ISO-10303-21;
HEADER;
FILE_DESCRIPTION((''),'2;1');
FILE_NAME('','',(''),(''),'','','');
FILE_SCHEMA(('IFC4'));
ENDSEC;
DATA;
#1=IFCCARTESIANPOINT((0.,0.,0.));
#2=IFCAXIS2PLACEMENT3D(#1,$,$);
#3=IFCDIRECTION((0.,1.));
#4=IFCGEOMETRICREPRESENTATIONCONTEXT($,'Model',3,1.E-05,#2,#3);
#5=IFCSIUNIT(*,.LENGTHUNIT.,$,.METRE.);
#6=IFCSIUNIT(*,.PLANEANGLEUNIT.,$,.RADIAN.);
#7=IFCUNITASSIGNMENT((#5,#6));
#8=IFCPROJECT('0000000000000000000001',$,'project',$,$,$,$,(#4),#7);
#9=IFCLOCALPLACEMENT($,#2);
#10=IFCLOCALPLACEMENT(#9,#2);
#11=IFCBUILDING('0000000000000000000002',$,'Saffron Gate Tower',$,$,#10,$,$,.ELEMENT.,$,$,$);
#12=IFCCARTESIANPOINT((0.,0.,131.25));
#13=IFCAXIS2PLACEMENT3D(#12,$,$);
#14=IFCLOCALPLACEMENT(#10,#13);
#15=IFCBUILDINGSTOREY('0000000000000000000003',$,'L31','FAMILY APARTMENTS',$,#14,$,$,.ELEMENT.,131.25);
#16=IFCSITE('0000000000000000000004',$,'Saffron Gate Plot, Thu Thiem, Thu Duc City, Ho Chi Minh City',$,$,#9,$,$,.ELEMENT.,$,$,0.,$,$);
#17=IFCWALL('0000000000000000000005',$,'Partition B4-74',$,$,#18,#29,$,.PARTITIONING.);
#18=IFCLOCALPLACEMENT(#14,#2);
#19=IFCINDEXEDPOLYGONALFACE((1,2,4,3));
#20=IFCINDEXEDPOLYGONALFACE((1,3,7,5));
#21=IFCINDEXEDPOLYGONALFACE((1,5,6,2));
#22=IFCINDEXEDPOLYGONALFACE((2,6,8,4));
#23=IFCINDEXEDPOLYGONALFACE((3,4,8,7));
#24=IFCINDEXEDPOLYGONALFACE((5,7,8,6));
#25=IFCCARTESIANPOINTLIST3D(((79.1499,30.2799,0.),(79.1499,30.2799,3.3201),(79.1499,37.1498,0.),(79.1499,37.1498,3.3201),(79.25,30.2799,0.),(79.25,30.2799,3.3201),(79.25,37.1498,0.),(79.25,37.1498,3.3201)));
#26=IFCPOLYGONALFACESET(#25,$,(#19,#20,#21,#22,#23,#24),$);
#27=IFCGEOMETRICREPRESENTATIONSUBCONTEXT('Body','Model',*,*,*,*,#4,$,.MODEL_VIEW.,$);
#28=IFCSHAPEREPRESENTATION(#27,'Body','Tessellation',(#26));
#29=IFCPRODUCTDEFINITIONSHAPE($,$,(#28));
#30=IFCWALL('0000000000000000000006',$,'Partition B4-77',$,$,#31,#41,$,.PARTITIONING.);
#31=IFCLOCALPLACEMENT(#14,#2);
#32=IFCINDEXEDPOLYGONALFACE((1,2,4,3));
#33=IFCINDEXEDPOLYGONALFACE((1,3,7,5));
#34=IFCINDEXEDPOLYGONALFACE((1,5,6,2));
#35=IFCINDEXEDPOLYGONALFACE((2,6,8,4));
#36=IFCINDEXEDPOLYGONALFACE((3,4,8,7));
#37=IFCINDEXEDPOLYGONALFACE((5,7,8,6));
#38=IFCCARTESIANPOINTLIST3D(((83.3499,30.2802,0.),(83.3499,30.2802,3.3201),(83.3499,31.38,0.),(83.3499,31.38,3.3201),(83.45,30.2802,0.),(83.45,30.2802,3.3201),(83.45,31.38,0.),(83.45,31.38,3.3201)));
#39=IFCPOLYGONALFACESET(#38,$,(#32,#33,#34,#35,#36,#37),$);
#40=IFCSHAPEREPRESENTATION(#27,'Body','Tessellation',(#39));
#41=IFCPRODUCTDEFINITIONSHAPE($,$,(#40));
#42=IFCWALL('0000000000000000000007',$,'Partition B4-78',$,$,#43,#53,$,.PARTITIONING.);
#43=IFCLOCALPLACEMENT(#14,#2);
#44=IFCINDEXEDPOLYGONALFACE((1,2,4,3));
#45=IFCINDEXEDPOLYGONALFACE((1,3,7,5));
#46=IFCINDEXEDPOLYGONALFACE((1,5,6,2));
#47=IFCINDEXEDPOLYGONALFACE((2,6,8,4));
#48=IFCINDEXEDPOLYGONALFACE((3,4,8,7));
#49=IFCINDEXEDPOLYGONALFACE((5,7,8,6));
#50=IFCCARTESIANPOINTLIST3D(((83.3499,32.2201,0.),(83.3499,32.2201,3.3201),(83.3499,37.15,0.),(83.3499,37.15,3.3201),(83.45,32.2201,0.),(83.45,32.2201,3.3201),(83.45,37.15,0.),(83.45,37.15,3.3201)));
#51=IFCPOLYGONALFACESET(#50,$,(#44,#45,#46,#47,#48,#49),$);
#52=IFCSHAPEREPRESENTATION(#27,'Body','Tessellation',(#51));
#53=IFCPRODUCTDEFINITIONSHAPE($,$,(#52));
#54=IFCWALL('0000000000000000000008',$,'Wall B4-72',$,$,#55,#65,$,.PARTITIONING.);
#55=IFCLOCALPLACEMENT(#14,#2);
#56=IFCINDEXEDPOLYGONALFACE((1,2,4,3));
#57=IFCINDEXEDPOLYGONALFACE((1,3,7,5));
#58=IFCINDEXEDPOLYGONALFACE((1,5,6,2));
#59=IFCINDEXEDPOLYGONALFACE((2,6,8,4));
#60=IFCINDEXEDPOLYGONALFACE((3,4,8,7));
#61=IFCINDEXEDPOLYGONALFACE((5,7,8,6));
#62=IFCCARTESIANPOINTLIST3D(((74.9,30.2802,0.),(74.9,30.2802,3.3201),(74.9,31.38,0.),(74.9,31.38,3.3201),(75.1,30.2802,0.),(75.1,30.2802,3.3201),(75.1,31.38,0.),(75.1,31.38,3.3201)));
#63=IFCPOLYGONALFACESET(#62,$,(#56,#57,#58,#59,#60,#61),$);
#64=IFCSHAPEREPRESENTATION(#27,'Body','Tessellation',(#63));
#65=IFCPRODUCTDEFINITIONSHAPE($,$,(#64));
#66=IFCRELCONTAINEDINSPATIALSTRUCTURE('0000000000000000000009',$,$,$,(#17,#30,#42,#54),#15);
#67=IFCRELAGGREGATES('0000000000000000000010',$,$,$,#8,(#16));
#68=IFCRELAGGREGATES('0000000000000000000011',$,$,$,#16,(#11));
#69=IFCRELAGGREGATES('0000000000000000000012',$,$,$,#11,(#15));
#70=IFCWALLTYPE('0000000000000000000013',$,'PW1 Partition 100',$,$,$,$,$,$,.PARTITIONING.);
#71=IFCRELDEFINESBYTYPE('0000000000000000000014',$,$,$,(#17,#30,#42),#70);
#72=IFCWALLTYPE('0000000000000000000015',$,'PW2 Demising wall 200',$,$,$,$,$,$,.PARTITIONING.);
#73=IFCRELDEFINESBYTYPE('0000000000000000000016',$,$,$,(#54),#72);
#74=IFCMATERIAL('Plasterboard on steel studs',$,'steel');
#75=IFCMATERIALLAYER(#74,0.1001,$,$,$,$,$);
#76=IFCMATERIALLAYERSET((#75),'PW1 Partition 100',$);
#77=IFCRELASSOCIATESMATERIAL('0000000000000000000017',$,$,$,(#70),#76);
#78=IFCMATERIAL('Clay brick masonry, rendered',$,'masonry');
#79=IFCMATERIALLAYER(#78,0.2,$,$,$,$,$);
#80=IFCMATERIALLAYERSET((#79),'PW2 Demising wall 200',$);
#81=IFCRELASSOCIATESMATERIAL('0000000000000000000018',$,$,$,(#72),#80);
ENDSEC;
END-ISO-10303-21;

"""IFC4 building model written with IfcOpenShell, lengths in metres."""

from ifc_helpers import new_model, si_unit, direction, frame, frame_2d, origin, place, context, subcontext, project, spatial, rectangle, extrude, material, layer, layer_set, type_object, element, save


model = new_model("IFC4")

# Units and contexts
model_context = context("Model", 3, precision=1e-05, world=origin(), true_north=direction((0.0, 1.0)))
body_context = subcontext(model_context, "Body", "Model", "MODEL_VIEW")
ifc_project = project(units=[si_unit("LENGTHUNIT", "METRE"), si_unit("PLANEANGLEUNIT", "RADIAN")], contexts=[model_context])

# Site, building, storey
site_placement = place(None, origin())
site = spatial("IfcSite", under=ifc_project, at=site_placement, Name="Saffron Gate Plot, Thu Thiem, Thu Duc City, Ho Chi Minh City", CompositionType="ELEMENT", RefElevation=0.0)
building_placement = place(site_placement, origin())
building = spatial("IfcBuilding", under=site, at=building_placement, Name="Saffron Gate Tower", CompositionType="ELEMENT")
storey_placement = place(building_placement, frame((0.0, 0.0, 131.25)))
storey = spatial("IfcBuildingStorey", under=building, at=storey_placement, Name="L31", Description="FAMILY APARTMENTS", CompositionType="ELEMENT", Elevation=131.25)

# Shared definitions
ifc_material_1 = material(Name="Plasterboard on steel studs", Category="steel")
ifc_layer_1 = layer(ifc_material_1, 0.1001)
ifc_layer_set_1 = layer_set([ifc_layer_1], Name="PW1 Partition 100")
wall_type_1 = type_object("IfcWallType", Name="PW1 Partition 100", PredefinedType="PARTITIONING", material=ifc_layer_set_1)

# Walls
wall_1_placement = place(storey_placement, frame((79.2, 37.1499, 0.0), z_axis=(0.0, 0.0, 1.0), x_axis=(0.0, -1.0, 0.0)))
element("IfcWall", 1, at=wall_1_placement, inside=storey, type_object=wall_type_1, Name="Partition B4-74", PredefinedType="PARTITIONING", context=body_context, shape_type="SweptSolid", body=[
    extrude(rectangle(XDim=6.8699, YDim=0.1001, at=frame_2d((3.4351, 0.0))), origin(), (0.0, 0.0, 1.0), 3.3201),
])
wall_2_placement = place(storey_placement, frame((83.3999, 31.3799, 0.0), z_axis=(0.0, 0.0, 1.0), x_axis=(0.0, -1.0, 0.0)))
element("IfcWall", 2, at=wall_2_placement, inside=storey, type_object=wall_type_1, Name="Partition B4-77", PredefinedType="PARTITIONING", context=body_context, shape_type="SweptSolid", body=[
    extrude(rectangle(XDim=1.0999, YDim=0.1001, at=frame_2d((0.5498, 0.0))), origin(), (0.0, 0.0, 1.0), 3.3201),
])
wall_3_placement = place(storey_placement, frame((83.3999, 37.1499, 0.0), z_axis=(0.0, 0.0, 1.0), x_axis=(0.0, -1.0, 0.0)))
element("IfcWall", 3, at=wall_3_placement, inside=storey, type_object=wall_type_1, Name="Partition B4-78", PredefinedType="PARTITIONING", context=body_context, shape_type="SweptSolid", body=[
    extrude(rectangle(XDim=4.9299, YDim=0.1001, at=frame_2d((2.4648, 0.0))), origin(), (0.0, 0.0, 1.0), 3.3201),
])
ifc_material_2 = material(Name="Clay brick masonry, rendered", Category="masonry")
ifc_layer_2 = layer(ifc_material_2, 0.2)
ifc_layer_set_2 = layer_set([ifc_layer_2], Name="PW2 Demising wall 200")
wall_type_2 = type_object("IfcWallType", Name="PW2 Demising wall 200", PredefinedType="PARTITIONING", material=ifc_layer_set_2)
wall_4_placement = place(storey_placement, frame((75.0, 31.3799, 0.0), z_axis=(0.0, 0.0, 1.0), x_axis=(0.0, -1.0, 0.0)))
element("IfcWall", 4, at=wall_4_placement, inside=storey, type_object=wall_type_2, Name="Wall B4-72", PredefinedType="PARTITIONING", context=body_context, shape_type="SweptSolid", body=[
    extrude(rectangle(XDim=1.0999, YDim=0.2, at=frame_2d((0.5498, 0.0))), origin(), (0.0, 0.0, 1.0), 3.3201),
])

save(model, "model.ifc")
